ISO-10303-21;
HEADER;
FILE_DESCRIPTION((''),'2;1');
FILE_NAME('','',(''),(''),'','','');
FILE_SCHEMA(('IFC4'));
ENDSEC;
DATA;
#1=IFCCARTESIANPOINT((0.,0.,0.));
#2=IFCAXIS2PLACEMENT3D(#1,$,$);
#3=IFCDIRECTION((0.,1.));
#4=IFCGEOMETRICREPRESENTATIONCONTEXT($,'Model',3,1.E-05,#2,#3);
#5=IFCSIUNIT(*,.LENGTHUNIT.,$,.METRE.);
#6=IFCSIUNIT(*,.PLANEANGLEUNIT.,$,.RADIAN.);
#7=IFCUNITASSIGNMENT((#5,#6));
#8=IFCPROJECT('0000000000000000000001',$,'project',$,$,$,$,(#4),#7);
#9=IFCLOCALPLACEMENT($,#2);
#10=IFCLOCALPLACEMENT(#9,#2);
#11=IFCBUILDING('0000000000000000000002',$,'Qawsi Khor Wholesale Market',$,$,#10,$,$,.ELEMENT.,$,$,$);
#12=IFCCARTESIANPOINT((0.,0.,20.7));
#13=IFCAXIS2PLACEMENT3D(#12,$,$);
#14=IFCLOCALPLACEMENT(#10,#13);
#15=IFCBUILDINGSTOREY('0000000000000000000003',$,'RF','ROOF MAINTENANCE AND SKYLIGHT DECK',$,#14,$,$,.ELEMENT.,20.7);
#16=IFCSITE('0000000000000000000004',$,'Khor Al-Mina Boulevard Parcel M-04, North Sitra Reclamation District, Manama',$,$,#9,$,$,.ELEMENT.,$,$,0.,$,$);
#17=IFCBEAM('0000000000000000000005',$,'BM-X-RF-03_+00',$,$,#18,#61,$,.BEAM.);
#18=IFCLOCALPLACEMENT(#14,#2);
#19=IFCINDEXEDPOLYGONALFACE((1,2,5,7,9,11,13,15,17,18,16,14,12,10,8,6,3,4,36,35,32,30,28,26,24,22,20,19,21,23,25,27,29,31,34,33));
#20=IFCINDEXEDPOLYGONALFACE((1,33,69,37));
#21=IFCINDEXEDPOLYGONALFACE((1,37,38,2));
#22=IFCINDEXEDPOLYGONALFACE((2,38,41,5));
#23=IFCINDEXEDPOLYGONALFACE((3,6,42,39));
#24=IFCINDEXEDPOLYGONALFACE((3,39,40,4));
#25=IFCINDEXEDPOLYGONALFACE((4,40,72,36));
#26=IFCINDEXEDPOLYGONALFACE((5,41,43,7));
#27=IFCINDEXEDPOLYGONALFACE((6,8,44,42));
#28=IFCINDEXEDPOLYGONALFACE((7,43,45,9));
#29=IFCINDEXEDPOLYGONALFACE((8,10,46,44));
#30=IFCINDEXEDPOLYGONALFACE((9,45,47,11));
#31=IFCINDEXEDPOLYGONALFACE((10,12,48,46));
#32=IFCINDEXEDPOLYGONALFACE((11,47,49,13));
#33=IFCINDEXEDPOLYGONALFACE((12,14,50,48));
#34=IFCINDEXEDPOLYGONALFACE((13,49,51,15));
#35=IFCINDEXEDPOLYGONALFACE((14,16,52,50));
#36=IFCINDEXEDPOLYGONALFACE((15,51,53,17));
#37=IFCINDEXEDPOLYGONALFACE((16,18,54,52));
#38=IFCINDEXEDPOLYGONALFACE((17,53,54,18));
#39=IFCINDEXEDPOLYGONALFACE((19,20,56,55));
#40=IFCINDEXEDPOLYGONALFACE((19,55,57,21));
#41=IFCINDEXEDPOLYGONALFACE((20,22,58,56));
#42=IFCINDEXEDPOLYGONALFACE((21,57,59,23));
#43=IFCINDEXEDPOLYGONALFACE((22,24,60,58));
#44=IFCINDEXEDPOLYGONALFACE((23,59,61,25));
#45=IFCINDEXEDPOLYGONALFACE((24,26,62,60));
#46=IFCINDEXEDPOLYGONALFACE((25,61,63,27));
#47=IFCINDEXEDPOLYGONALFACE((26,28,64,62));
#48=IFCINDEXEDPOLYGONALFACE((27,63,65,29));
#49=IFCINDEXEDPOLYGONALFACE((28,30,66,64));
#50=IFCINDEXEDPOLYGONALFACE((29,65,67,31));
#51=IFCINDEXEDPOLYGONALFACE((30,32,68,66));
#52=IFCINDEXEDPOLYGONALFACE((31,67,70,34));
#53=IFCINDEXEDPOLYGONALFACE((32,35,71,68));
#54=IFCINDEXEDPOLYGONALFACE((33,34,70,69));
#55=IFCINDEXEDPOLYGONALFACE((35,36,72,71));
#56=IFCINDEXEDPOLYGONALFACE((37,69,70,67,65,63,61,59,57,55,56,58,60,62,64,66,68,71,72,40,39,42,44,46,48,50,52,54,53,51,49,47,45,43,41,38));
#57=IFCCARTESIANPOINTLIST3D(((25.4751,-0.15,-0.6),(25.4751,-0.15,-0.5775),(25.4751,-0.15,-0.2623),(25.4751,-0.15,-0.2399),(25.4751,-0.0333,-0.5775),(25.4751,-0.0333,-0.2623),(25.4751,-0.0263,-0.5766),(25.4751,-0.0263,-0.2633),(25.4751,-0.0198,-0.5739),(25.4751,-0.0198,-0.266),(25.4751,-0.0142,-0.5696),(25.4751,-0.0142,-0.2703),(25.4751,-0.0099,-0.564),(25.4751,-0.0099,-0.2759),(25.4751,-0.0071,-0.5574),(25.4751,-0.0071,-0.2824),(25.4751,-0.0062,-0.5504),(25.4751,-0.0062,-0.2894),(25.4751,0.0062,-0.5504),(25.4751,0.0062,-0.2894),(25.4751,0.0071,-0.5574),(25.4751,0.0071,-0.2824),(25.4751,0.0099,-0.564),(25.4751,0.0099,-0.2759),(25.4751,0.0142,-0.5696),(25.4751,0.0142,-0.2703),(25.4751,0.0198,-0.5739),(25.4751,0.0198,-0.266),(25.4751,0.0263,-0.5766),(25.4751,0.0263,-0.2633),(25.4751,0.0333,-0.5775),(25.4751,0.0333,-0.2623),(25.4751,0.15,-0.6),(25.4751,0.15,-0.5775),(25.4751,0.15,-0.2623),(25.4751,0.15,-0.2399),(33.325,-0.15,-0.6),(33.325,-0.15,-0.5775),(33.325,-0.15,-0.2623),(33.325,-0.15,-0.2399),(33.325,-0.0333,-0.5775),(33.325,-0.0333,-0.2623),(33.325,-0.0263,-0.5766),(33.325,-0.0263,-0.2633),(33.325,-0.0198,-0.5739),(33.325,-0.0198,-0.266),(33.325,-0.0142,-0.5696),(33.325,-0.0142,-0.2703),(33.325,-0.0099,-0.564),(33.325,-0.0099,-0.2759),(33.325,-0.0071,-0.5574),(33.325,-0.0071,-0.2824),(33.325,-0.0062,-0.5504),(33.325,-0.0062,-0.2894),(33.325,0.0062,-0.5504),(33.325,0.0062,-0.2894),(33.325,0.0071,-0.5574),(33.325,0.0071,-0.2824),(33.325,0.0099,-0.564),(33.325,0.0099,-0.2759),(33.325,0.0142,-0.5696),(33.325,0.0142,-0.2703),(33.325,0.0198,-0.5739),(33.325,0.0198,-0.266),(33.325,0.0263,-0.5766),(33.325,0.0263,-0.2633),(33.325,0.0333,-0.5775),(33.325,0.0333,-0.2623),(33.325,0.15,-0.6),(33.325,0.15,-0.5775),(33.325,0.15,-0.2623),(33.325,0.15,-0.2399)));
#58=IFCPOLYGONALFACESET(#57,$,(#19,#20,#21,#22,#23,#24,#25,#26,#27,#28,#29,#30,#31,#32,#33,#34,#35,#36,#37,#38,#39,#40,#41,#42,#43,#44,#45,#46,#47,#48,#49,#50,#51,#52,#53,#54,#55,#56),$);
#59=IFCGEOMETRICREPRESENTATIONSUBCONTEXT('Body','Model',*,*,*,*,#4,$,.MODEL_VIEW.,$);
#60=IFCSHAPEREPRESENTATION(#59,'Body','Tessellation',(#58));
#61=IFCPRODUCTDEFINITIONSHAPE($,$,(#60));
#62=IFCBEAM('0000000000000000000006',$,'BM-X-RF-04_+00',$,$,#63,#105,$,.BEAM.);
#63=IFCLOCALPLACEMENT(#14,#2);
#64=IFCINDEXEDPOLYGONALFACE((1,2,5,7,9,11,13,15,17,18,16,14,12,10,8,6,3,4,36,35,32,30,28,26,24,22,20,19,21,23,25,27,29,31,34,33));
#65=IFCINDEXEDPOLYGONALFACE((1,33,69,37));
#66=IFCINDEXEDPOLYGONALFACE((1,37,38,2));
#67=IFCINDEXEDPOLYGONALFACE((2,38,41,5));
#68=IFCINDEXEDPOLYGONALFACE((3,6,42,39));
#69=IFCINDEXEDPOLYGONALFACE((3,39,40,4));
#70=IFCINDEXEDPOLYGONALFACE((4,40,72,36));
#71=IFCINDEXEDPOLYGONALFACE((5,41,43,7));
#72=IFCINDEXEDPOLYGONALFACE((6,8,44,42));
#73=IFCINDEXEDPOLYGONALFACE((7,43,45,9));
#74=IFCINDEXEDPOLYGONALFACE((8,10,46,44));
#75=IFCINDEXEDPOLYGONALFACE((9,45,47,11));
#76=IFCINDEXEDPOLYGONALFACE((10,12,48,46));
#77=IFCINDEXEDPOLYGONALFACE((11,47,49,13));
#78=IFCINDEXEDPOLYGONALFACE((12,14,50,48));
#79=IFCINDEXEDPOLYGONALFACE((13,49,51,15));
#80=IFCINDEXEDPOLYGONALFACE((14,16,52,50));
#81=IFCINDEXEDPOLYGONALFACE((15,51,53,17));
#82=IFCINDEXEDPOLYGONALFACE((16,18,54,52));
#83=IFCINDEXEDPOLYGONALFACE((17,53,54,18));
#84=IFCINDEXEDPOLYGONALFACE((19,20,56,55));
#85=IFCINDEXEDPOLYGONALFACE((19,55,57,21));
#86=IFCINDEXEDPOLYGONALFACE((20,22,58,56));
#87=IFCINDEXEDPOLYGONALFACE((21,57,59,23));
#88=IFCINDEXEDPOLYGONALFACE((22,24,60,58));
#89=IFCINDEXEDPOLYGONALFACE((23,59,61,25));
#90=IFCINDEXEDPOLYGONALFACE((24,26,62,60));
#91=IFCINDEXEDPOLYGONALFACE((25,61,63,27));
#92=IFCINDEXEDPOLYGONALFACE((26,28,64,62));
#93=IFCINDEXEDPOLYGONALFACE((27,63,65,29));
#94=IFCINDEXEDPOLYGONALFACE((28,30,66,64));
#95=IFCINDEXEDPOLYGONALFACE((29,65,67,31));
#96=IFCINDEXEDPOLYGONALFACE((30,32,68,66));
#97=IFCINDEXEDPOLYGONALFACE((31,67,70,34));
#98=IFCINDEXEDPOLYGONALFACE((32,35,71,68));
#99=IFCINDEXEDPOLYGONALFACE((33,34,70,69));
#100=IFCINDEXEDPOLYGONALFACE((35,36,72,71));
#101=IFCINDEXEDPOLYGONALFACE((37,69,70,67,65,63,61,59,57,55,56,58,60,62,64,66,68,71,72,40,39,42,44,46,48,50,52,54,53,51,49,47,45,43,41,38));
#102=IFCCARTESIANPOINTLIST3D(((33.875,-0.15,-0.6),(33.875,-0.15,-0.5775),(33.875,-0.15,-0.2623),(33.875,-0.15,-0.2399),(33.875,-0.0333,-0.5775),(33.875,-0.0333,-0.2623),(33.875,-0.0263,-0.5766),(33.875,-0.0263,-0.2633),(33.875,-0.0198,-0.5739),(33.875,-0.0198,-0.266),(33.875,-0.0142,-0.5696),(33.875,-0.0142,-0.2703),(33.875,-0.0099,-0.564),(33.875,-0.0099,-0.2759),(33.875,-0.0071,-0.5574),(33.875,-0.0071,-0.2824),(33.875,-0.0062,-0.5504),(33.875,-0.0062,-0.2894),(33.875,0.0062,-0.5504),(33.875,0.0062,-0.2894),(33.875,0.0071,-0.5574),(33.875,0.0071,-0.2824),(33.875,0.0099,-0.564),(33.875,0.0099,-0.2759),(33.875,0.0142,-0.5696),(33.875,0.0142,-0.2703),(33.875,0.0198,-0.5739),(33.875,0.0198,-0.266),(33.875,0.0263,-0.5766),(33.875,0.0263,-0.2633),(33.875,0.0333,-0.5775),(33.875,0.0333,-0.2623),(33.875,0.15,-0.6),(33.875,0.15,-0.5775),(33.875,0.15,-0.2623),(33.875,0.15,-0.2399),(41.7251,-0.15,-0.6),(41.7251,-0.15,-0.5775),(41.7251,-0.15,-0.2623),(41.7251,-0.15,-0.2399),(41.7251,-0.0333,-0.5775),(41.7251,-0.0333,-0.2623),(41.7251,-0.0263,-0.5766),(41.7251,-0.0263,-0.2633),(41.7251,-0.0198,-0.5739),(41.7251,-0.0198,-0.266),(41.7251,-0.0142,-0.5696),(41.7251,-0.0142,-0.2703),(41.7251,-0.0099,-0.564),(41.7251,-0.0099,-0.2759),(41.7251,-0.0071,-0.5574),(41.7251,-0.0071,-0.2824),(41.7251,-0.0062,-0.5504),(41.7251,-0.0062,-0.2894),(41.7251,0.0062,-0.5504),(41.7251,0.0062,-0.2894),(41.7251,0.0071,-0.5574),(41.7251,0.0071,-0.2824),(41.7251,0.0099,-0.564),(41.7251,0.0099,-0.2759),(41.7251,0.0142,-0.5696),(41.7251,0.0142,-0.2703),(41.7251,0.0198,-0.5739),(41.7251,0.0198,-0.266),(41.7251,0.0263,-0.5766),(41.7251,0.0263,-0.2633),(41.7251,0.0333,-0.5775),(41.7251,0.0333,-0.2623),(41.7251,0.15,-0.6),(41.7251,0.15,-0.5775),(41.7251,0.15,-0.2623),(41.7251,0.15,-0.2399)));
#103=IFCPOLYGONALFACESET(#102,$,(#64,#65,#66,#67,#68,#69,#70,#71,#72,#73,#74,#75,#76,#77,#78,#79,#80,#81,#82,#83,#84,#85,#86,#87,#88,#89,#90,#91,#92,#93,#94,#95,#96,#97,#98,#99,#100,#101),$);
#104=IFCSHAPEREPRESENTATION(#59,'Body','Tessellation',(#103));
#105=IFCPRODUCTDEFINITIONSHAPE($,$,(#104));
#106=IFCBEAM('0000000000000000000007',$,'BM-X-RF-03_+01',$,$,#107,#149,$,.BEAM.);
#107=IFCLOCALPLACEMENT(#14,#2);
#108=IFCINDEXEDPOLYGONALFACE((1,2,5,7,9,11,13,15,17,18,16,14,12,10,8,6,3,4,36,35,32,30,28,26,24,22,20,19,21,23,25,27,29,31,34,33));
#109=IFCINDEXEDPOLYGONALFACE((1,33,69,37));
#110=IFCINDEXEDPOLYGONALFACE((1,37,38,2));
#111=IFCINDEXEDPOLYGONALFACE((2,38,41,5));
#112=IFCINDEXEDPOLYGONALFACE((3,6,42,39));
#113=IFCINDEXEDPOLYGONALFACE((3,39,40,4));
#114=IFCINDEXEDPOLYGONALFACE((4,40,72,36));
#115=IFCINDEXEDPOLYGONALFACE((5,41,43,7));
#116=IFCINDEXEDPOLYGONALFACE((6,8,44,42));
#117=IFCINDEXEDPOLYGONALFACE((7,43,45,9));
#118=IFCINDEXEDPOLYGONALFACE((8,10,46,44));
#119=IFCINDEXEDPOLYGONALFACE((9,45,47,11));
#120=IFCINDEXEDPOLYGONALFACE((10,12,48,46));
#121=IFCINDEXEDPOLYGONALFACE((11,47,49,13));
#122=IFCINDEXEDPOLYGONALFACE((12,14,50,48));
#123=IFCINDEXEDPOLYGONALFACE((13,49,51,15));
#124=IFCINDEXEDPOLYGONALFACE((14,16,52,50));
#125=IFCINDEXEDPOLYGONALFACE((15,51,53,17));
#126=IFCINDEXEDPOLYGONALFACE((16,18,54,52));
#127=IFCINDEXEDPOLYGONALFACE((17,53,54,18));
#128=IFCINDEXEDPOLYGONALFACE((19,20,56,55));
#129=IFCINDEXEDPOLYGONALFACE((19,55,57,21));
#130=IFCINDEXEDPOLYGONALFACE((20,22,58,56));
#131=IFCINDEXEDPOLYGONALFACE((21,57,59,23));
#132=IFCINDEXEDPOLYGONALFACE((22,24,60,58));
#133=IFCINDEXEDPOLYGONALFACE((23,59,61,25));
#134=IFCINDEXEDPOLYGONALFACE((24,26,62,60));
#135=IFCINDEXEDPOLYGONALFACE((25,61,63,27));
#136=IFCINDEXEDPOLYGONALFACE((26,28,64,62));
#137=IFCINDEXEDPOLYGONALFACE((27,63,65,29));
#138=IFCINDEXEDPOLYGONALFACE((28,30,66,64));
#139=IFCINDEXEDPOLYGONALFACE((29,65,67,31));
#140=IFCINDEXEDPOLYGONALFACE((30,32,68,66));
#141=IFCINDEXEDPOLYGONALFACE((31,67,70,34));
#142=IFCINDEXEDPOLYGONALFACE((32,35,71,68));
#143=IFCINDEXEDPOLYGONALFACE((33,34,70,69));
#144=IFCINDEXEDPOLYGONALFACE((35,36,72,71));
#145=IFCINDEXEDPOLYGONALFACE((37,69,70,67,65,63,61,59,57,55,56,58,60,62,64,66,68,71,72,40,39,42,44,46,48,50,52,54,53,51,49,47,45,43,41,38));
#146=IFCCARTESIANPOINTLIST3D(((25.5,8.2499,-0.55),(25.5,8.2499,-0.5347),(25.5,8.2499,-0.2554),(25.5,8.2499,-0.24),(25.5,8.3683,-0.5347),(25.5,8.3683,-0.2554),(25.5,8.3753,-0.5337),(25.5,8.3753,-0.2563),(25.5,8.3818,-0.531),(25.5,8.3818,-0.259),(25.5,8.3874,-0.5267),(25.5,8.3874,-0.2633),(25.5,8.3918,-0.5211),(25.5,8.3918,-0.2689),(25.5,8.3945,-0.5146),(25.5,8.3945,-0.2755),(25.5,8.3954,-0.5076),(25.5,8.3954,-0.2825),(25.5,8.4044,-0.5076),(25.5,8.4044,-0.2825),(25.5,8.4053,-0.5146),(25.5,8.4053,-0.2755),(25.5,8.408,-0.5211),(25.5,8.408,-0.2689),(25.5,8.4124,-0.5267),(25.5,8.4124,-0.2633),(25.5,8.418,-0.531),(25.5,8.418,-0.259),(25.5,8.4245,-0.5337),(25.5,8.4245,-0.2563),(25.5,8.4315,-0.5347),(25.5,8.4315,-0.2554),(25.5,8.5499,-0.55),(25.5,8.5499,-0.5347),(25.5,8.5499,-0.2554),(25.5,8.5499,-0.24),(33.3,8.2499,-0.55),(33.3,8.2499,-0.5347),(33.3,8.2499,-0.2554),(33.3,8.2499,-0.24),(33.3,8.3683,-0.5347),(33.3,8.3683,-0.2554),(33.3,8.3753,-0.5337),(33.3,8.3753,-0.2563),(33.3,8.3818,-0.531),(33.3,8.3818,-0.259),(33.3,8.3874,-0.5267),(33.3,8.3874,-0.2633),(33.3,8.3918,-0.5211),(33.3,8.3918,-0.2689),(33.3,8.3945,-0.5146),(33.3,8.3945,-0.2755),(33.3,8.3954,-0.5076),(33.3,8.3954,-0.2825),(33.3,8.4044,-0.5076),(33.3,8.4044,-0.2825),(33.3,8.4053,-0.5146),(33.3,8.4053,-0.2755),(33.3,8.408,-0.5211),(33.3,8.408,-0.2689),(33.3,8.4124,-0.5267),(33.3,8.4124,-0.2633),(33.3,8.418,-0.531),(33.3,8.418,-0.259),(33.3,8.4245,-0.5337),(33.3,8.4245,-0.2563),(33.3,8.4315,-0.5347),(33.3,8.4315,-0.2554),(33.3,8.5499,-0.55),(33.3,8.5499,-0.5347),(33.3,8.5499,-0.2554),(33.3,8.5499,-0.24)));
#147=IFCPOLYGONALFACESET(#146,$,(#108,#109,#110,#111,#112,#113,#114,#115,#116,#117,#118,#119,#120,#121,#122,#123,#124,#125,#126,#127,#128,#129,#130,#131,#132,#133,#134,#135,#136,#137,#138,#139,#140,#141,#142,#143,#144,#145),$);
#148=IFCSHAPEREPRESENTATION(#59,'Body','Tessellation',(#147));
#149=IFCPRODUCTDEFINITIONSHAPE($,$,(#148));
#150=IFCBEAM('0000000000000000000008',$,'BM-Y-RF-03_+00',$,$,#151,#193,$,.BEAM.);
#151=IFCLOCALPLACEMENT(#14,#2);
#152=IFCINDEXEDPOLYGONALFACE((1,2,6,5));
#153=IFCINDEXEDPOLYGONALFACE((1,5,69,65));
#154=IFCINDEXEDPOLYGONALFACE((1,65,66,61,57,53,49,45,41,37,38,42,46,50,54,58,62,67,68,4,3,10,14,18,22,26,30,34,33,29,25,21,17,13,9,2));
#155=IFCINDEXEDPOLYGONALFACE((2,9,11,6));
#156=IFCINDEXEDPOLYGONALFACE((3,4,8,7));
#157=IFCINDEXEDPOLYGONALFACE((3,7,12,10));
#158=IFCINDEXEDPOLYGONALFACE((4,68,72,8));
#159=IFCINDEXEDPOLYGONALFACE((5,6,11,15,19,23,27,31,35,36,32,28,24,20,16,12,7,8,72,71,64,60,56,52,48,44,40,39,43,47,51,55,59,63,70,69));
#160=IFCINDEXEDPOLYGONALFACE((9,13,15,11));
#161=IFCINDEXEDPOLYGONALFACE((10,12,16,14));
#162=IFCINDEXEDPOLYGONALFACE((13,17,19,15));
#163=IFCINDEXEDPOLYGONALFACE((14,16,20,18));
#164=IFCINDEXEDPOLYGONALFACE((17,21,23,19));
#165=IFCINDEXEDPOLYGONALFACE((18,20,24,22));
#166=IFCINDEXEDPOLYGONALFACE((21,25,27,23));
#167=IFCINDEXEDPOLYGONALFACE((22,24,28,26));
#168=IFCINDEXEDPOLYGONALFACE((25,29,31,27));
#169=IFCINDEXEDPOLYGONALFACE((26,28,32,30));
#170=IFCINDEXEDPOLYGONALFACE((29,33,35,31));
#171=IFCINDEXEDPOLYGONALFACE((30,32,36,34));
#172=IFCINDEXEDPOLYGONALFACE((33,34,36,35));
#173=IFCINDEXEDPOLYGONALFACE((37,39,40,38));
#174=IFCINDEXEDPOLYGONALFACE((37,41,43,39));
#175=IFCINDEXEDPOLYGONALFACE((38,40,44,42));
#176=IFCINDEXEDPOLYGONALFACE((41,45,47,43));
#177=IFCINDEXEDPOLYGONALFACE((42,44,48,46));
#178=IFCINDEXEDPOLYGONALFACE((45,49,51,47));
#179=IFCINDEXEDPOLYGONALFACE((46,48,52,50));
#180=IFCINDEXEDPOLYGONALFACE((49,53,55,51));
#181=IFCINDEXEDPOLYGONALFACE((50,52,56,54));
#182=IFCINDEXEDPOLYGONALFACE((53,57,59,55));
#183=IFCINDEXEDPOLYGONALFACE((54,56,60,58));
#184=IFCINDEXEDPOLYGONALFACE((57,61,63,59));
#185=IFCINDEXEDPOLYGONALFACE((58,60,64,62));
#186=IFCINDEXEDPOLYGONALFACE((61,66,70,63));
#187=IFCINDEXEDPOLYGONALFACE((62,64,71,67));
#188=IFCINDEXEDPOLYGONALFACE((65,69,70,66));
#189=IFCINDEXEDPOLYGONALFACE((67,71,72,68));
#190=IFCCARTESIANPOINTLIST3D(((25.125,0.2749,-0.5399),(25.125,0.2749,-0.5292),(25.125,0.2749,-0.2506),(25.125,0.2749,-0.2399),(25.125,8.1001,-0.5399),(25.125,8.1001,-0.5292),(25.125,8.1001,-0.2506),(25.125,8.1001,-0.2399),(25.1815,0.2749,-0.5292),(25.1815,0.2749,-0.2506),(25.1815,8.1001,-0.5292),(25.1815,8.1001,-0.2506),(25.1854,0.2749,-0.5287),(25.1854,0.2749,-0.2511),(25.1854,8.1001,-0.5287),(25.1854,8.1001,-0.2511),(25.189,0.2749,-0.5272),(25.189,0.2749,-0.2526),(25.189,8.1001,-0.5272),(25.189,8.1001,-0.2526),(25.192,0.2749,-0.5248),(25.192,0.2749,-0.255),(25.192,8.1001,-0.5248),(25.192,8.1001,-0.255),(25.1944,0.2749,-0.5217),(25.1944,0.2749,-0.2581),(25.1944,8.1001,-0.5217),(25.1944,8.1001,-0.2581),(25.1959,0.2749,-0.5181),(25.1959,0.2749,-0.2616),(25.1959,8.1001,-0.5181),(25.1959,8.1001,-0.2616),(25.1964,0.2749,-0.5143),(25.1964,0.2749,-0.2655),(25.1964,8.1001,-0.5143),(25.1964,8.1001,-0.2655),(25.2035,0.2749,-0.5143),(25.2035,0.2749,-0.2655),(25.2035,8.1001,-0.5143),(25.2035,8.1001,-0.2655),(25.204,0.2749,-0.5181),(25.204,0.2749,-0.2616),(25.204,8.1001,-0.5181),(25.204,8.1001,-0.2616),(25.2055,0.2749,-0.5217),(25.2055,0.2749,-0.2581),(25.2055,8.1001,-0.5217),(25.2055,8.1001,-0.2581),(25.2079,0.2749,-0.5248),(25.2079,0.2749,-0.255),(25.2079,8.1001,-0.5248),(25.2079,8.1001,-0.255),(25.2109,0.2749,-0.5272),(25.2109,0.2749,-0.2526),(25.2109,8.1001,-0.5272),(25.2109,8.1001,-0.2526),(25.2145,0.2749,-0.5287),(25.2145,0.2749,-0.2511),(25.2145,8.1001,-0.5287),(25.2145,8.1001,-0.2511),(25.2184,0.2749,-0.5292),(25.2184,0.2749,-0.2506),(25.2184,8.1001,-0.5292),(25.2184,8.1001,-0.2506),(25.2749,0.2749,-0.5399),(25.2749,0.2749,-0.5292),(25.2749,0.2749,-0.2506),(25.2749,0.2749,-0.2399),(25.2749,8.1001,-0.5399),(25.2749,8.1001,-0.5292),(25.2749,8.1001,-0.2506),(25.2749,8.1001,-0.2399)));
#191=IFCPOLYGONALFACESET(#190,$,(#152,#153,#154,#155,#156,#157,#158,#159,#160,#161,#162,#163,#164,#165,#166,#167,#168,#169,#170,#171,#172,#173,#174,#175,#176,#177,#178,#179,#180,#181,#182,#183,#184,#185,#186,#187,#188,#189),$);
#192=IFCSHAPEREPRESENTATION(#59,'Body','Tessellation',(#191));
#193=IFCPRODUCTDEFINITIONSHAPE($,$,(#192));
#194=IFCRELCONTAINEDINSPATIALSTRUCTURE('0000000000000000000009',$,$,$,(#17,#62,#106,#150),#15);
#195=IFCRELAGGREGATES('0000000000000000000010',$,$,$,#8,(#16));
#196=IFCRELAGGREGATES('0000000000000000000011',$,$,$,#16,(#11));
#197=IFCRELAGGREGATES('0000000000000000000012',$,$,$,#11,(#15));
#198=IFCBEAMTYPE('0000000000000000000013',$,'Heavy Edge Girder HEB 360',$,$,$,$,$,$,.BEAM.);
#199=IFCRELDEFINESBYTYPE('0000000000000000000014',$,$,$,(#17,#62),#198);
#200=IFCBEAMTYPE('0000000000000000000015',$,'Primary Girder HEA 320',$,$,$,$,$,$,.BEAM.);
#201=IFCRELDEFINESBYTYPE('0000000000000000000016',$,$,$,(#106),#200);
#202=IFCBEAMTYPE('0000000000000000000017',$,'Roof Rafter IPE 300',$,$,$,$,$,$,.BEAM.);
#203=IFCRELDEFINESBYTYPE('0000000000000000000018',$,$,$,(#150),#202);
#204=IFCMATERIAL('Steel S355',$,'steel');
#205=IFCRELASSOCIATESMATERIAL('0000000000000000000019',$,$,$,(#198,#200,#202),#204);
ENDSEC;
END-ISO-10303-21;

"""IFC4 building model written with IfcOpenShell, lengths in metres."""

from ifc_helpers import new_model, si_unit, direction, frame, origin, origin_2d, place, context, subcontext, project, spatial, i_section, extrude, material, material_profile, profile_set, type_object, element, save


model = new_model("IFC4")

# Units and contexts
model_context = context("Model", 3, precision=1e-05, world=origin(), true_north=direction((0.0, 1.0)))
body_context = subcontext(model_context, "Body", "Model", "MODEL_VIEW")
ifc_project = project(units=[si_unit("LENGTHUNIT", "METRE"), si_unit("PLANEANGLEUNIT", "RADIAN")], contexts=[model_context])

# Site, building, storey
site_placement = place(None, origin())
site = spatial("IfcSite", under=ifc_project, at=site_placement, Name="Khor Al-Mina Boulevard Parcel M-04, North Sitra Reclamation District, Manama", CompositionType="ELEMENT", RefElevation=0.0)
building_placement = place(site_placement, origin())
building = spatial("IfcBuilding", under=site, at=building_placement, Name="Qawsi Khor Wholesale Market", CompositionType="ELEMENT")
storey_placement = place(building_placement, frame((0.0, 0.0, 20.7)))
storey = spatial("IfcBuildingStorey", under=building, at=storey_placement, Name="RF", Description="ROOF MAINTENANCE AND SKYLIGHT DECK", CompositionType="ELEMENT", Elevation=20.7)

# Beams
ifc_material_1 = material(Name="Steel S355", Category="steel")
ifc_material_profile_1 = material_profile(ifc_material_1, i_section(OverallWidth=0.3, OverallDepth=0.3601, WebThickness=0.0125, FlangeThickness=0.0225, FilletRadius=0.0271, at=origin_2d()), Name="HEB 360")
ifc_profile_set_1 = profile_set([ifc_material_profile_1], Name="Steel S355")
beam_type_1 = type_object("IfcBeamType", Name="Heavy Edge Girder HEB 360", PredefinedType="BEAM", material=ifc_profile_set_1)
beam_1_placement = place(storey_placement, frame((25.4751, 0.0, -0.4199), z_axis=(1.0, 0.0, 0.0), x_axis=(0.0, 1.0, 0.0)))
element("IfcBeam", 1, at=beam_1_placement, inside=storey, type_object=beam_type_1, Name="BM-X-RF-03_+00", PredefinedType="BEAM", context=body_context, shape_type="SweptSolid", body=[
    extrude(i_section(OverallWidth=0.3, OverallDepth=0.3601, WebThickness=0.0125, FlangeThickness=0.0225, FilletRadius=0.0271, at=origin_2d()), origin(), (0.0, 0.0, 1.0), 7.8499),
])
beam_2_placement = place(storey_placement, frame((33.875, 0.0, -0.4199), z_axis=(1.0, 0.0, 0.0), x_axis=(0.0, 1.0, 0.0)))
element("IfcBeam", 2, at=beam_2_placement, inside=storey, type_object=beam_type_1, Name="BM-X-RF-04_+00", PredefinedType="BEAM", context=body_context, shape_type="SweptSolid", body=[
    extrude(i_section(OverallWidth=0.3, OverallDepth=0.3601, WebThickness=0.0125, FlangeThickness=0.0225, FilletRadius=0.0271, at=origin_2d()), origin(), (0.0, 0.0, 1.0), 7.8501),
])
ifc_material_profile_2 = material_profile(ifc_material_1, i_section(OverallWidth=0.3, OverallDepth=0.3101, WebThickness=0.009, FlangeThickness=0.0154, FilletRadius=0.0271, at=origin_2d()), Name="HEA 320")
ifc_profile_set_2 = profile_set([ifc_material_profile_2], Name="Steel S355")
beam_type_2 = type_object("IfcBeamType", Name="Primary Girder HEA 320", PredefinedType="BEAM", material=ifc_profile_set_2)
beam_3_placement = place(storey_placement, frame((25.5, 8.3999, -0.395), z_axis=(1.0, 0.0, 0.0), x_axis=(0.0, 1.0, 0.0)))
element("IfcBeam", 3, at=beam_3_placement, inside=storey, type_object=beam_type_2, Name="BM-X-RF-03_+01", PredefinedType="BEAM", context=body_context, shape_type="SweptSolid", body=[
    extrude(i_section(OverallWidth=0.3, OverallDepth=0.3101, WebThickness=0.009, FlangeThickness=0.0154, FilletRadius=0.0271, at=origin_2d()), origin(), (0.0, 0.0, 1.0), 7.8),
])
ifc_material_profile_3 = material_profile(ifc_material_1, i_section(OverallWidth=0.1499, OverallDepth=0.3, WebThickness=0.0071, FlangeThickness=0.0107, FilletRadius=0.0149, at=origin_2d()), Name="IPE 300")
ifc_profile_set_3 = profile_set([ifc_material_profile_3], Name="Steel S355")
beam_type_3 = type_object("IfcBeamType", Name="Roof Rafter IPE 300", PredefinedType="BEAM", material=ifc_profile_set_3)
for number, where, z_axis, x_axis, name in (
    (4, (25.2, 0.2749, -0.3899), (0.0, 1.0, 0.0), (-1.0, 0.0, 0.0), "BM-Y-RF-03_+00"),
):
    element("IfcBeam", number, at=place(storey_placement, frame(where, z_axis=z_axis, x_axis=x_axis)), inside=storey, type_object=beam_type_3, Name=name, PredefinedType="BEAM", context=body_context, shape_type="SweptSolid", body=[
        extrude(i_section(OverallWidth=0.1499, OverallDepth=0.3, WebThickness=0.0071, FlangeThickness=0.0107, FilletRadius=0.0149, at=origin_2d()), origin(), (0.0, 0.0, 1.0), 7.8252),
    ])

save(model, "model.ifc")
